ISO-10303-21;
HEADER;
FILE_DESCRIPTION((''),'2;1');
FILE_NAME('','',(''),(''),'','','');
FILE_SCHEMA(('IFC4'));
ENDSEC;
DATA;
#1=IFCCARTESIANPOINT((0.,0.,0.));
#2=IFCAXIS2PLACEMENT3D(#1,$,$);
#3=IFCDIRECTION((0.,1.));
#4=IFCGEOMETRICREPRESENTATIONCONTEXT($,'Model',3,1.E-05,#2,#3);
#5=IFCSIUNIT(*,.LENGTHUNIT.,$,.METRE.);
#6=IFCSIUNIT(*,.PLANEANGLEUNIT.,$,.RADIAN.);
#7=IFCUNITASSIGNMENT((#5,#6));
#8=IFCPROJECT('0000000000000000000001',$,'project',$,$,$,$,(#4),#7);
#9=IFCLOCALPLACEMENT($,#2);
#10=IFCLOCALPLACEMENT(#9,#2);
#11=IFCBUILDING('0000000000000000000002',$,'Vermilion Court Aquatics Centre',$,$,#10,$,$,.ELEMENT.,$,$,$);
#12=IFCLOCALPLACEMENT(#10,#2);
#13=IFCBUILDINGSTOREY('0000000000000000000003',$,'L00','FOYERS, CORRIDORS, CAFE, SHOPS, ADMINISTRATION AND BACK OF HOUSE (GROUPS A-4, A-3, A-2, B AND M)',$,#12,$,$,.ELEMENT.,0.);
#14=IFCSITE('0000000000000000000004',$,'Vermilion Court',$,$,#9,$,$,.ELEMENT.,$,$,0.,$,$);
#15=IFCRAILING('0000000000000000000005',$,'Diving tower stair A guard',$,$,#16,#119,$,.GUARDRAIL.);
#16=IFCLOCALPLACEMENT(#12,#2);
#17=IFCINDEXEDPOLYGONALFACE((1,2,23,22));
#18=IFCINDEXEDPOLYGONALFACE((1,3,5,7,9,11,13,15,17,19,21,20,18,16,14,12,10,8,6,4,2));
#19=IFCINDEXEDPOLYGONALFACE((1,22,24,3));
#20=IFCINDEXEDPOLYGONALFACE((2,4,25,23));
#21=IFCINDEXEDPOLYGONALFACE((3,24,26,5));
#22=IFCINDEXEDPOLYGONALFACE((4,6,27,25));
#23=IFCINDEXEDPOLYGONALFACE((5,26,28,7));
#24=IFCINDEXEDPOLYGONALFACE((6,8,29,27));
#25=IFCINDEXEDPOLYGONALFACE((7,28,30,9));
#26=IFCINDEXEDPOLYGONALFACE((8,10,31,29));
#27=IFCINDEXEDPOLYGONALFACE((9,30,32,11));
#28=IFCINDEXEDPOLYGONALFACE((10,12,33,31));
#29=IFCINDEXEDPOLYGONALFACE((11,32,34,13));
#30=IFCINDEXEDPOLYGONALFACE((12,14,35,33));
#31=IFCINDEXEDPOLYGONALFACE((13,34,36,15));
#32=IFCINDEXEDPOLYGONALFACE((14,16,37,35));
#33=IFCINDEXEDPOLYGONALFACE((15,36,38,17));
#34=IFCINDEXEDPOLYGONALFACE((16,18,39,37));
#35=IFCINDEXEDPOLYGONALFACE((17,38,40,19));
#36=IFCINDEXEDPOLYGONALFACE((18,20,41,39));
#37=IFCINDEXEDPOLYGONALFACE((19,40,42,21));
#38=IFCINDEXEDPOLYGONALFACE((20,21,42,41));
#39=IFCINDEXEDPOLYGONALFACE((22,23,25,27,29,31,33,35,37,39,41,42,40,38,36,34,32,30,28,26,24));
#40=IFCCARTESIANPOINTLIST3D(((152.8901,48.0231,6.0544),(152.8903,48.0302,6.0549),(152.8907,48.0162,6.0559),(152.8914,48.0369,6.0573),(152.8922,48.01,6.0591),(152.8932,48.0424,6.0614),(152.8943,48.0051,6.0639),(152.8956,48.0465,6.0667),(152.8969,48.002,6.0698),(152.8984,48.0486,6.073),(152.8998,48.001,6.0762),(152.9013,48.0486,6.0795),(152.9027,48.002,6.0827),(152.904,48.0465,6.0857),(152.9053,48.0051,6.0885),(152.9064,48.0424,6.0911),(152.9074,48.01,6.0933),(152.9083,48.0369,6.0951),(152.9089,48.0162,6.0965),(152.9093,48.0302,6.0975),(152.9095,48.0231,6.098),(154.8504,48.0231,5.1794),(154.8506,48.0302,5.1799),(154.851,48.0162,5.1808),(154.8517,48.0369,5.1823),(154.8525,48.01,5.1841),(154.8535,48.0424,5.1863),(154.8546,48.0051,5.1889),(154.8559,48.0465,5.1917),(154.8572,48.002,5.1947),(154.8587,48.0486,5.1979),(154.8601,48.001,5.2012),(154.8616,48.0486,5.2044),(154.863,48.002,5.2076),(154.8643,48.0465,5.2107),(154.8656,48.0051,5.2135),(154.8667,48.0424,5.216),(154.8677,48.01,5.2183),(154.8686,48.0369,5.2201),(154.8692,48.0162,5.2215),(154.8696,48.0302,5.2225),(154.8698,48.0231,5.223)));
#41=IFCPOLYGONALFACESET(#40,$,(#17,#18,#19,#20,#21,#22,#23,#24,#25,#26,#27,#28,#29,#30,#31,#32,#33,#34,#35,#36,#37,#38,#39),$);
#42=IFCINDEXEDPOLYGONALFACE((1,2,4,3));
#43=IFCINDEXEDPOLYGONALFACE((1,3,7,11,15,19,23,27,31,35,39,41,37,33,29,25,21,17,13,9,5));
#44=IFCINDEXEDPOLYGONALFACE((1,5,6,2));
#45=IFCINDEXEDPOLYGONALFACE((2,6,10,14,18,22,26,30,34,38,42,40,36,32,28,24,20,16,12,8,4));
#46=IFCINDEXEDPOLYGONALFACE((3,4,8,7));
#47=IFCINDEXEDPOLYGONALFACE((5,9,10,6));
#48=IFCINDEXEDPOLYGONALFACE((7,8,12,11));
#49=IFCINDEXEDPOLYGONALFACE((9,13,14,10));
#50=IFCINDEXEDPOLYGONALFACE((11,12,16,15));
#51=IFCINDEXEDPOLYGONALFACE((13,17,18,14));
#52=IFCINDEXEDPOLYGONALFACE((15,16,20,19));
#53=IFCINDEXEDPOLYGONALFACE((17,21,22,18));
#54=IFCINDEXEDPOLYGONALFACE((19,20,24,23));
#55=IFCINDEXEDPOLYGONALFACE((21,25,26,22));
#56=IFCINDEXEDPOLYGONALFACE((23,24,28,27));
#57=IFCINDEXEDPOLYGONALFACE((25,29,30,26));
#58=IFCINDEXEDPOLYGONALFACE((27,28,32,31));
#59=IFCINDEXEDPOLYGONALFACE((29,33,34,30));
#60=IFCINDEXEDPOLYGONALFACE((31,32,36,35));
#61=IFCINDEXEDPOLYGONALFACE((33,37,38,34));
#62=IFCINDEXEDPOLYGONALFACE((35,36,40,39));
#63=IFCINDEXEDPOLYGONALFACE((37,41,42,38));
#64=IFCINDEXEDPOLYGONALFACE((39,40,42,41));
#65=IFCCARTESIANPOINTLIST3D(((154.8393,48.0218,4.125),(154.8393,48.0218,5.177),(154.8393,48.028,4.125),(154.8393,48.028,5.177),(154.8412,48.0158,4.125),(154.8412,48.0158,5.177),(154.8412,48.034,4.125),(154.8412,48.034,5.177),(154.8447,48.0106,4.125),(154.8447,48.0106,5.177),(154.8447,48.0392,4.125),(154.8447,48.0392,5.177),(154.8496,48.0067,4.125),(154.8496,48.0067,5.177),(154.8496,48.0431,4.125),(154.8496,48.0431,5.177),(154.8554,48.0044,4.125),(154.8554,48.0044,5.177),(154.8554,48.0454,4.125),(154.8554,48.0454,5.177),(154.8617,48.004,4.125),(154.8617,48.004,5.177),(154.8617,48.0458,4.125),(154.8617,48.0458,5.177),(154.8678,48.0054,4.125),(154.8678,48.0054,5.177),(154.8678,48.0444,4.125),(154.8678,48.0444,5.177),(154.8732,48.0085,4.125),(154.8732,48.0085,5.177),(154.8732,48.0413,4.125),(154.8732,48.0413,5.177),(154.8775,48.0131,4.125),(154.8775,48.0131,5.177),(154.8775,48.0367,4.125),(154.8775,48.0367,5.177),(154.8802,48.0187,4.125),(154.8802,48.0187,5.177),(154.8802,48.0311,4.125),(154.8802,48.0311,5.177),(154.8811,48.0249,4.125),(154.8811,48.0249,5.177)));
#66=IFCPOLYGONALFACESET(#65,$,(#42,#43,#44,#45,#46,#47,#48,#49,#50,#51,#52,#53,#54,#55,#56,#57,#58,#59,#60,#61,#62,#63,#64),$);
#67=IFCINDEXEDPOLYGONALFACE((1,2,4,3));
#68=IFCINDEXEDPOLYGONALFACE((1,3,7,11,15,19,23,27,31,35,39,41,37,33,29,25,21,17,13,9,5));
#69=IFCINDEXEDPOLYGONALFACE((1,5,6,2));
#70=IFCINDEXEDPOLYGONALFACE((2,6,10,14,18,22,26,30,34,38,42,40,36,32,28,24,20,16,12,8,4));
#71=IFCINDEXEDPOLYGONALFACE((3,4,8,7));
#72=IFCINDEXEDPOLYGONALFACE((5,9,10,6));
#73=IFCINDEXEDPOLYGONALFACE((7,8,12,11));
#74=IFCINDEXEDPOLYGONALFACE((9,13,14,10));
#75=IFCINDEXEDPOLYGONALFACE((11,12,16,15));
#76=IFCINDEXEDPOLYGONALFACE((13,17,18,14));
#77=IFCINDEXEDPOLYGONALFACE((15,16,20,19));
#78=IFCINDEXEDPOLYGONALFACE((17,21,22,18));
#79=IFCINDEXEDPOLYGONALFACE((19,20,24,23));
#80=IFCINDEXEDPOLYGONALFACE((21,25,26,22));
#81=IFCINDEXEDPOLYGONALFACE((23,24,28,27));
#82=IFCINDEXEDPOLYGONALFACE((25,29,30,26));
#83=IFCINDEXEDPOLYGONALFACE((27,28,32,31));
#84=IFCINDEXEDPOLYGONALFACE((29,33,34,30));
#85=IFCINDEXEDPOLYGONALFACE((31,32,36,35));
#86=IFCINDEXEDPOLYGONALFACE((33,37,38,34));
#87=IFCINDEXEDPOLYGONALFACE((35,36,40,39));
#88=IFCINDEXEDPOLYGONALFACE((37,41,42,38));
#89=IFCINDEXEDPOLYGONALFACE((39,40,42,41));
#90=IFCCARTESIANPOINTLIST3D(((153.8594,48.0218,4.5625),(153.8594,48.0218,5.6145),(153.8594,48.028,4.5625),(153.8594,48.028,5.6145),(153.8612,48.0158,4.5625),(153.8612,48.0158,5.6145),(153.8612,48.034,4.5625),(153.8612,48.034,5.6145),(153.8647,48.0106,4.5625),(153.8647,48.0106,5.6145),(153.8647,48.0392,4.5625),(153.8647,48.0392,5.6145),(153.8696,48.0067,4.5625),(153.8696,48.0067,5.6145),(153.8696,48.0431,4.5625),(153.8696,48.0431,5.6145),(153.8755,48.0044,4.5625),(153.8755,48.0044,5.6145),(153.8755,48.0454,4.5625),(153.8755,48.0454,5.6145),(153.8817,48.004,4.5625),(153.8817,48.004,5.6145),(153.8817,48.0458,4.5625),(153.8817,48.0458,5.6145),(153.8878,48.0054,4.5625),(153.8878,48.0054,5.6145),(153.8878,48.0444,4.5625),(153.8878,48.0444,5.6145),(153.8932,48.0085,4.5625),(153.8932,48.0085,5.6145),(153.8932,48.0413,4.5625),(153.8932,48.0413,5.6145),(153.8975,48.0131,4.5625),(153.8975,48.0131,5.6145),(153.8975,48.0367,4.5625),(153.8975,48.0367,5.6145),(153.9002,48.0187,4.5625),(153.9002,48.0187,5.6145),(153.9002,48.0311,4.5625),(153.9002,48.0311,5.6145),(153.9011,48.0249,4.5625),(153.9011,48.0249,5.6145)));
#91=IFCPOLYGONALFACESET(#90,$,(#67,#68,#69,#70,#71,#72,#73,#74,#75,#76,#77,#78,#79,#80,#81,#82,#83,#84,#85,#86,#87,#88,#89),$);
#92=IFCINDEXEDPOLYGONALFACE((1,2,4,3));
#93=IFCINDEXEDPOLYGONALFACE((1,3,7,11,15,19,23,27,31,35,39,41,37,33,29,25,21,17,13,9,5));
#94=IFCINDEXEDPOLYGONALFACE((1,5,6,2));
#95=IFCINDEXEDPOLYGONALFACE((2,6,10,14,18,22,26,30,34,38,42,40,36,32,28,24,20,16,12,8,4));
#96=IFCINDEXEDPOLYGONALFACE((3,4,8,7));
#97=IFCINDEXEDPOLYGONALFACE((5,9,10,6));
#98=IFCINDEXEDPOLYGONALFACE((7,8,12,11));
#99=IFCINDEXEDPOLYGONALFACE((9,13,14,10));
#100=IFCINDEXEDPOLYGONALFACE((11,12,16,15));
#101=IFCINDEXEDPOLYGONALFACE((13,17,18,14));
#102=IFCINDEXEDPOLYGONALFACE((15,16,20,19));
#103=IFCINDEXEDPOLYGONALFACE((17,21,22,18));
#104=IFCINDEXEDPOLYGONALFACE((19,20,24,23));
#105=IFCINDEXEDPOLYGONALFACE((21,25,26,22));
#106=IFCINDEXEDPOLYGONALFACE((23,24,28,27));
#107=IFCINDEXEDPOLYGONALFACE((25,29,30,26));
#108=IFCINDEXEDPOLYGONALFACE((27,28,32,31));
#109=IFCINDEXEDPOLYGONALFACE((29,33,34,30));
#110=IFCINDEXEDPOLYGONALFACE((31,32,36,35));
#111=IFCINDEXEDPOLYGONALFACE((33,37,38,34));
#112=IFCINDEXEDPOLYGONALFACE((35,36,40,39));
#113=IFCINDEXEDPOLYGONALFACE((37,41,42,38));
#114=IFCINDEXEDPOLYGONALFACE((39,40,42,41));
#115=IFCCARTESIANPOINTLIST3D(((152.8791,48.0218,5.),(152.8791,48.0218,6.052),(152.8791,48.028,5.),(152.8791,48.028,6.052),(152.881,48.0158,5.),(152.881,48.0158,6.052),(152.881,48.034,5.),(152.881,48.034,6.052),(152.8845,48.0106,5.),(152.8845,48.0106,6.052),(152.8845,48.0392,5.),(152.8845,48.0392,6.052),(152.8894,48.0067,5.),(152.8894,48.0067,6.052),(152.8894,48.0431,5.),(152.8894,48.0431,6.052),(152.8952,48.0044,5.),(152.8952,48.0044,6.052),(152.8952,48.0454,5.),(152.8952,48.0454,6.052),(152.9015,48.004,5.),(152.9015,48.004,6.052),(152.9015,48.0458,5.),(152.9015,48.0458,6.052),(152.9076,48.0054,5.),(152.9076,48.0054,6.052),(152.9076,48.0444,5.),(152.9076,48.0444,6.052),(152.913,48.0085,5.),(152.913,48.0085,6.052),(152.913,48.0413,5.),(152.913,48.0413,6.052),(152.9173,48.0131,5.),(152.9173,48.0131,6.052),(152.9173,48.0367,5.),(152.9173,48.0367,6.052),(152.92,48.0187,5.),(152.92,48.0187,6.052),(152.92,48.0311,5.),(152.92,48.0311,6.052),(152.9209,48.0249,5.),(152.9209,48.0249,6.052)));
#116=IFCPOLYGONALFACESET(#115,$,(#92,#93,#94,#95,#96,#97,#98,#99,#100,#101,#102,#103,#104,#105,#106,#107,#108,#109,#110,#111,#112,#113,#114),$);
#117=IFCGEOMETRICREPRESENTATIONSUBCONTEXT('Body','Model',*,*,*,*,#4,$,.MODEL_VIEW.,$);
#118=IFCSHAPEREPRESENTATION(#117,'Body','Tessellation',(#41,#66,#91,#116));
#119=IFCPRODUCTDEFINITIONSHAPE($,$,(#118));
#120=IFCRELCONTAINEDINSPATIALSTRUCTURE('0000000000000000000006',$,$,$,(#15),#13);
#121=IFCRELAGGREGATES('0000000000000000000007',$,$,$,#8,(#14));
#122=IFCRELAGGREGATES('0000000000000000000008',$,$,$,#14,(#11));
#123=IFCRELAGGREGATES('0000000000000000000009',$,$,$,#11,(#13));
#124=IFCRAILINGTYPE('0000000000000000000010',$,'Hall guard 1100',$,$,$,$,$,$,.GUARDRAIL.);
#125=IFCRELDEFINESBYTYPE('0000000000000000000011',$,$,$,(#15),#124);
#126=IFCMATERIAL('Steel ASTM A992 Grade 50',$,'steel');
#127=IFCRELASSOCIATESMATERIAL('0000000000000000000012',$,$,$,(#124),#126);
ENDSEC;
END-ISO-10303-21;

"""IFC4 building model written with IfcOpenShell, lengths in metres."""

from ifc_helpers import new_model, si_unit, direction, frame, origin, origin_2d, place, context, subcontext, project, spatial, circle, extrude, material, type_object, element, save


model = new_model("IFC4")

# Units and contexts
model_context = context("Model", 3, precision=1e-05, world=origin(), true_north=direction((0.0, 1.0)))
body_context = subcontext(model_context, "Body", "Model", "MODEL_VIEW")
ifc_project = project(units=[si_unit("LENGTHUNIT", "METRE"), si_unit("PLANEANGLEUNIT", "RADIAN")], contexts=[model_context])

# Site, building, storey
site_placement = place(None, origin())
site = spatial("IfcSite", under=ifc_project, at=site_placement, Name="Vermilion Court", CompositionType="ELEMENT", RefElevation=0.0)
building_placement = place(site_placement, origin())
building = spatial("IfcBuilding", under=site, at=building_placement, Name="Vermilion Court Aquatics Centre", CompositionType="ELEMENT")
storey_placement = place(building_placement, origin())
storey = spatial("IfcBuildingStorey", under=building, at=storey_placement, Name="L00", Description="FOYERS, CORRIDORS, CAFE, SHOPS, ADMINISTRATION AND BACK OF HOUSE (GROUPS A-4, A-3, A-2, B AND M)", CompositionType="ELEMENT", Elevation=0.0)

# Railing
ifc_material_1 = material(Name="Steel ASTM A992 Grade 50", Category="steel")
railing_type_1 = type_object("IfcRailingType", Name="Hall guard 1100", PredefinedType="GUARDRAIL", material=ifc_material_1)
railing_1_placement = place(storey_placement, frame((154.8601, 48.0249, 4.125)))
element("IfcRailing", 1, at=railing_1_placement, inside=storey, type_object=railing_type_1, Name="Diving tower stair A guard", PredefinedType="GUARDRAIL", context=body_context, shape_type="SweptSolid", body=[
    extrude(circle(Radius=0.0239, at=origin_2d()), frame((0.0, 0.0, 1.0762), z_axis=(-0.913154, 0.0, 0.407615), x_axis=(0.0, -1.0, 0.0)), (0.0, 0.0, 1.0), 2.1467),
    extrude(circle(Radius=0.021, at=origin_2d()), origin(), (0.0, 0.0, 1.0), 1.052),
    extrude(circle(Radius=0.021, at=origin_2d()), frame((-0.98, 0.0, 0.4375)), (0.0, 0.0, 1.0), 1.052),
    extrude(circle(Radius=0.021, at=origin_2d()), frame((-1.9602, 0.0, 0.875)), (0.0, 0.0, 1.0), 1.052),
])

save(model, "model.ifc")
